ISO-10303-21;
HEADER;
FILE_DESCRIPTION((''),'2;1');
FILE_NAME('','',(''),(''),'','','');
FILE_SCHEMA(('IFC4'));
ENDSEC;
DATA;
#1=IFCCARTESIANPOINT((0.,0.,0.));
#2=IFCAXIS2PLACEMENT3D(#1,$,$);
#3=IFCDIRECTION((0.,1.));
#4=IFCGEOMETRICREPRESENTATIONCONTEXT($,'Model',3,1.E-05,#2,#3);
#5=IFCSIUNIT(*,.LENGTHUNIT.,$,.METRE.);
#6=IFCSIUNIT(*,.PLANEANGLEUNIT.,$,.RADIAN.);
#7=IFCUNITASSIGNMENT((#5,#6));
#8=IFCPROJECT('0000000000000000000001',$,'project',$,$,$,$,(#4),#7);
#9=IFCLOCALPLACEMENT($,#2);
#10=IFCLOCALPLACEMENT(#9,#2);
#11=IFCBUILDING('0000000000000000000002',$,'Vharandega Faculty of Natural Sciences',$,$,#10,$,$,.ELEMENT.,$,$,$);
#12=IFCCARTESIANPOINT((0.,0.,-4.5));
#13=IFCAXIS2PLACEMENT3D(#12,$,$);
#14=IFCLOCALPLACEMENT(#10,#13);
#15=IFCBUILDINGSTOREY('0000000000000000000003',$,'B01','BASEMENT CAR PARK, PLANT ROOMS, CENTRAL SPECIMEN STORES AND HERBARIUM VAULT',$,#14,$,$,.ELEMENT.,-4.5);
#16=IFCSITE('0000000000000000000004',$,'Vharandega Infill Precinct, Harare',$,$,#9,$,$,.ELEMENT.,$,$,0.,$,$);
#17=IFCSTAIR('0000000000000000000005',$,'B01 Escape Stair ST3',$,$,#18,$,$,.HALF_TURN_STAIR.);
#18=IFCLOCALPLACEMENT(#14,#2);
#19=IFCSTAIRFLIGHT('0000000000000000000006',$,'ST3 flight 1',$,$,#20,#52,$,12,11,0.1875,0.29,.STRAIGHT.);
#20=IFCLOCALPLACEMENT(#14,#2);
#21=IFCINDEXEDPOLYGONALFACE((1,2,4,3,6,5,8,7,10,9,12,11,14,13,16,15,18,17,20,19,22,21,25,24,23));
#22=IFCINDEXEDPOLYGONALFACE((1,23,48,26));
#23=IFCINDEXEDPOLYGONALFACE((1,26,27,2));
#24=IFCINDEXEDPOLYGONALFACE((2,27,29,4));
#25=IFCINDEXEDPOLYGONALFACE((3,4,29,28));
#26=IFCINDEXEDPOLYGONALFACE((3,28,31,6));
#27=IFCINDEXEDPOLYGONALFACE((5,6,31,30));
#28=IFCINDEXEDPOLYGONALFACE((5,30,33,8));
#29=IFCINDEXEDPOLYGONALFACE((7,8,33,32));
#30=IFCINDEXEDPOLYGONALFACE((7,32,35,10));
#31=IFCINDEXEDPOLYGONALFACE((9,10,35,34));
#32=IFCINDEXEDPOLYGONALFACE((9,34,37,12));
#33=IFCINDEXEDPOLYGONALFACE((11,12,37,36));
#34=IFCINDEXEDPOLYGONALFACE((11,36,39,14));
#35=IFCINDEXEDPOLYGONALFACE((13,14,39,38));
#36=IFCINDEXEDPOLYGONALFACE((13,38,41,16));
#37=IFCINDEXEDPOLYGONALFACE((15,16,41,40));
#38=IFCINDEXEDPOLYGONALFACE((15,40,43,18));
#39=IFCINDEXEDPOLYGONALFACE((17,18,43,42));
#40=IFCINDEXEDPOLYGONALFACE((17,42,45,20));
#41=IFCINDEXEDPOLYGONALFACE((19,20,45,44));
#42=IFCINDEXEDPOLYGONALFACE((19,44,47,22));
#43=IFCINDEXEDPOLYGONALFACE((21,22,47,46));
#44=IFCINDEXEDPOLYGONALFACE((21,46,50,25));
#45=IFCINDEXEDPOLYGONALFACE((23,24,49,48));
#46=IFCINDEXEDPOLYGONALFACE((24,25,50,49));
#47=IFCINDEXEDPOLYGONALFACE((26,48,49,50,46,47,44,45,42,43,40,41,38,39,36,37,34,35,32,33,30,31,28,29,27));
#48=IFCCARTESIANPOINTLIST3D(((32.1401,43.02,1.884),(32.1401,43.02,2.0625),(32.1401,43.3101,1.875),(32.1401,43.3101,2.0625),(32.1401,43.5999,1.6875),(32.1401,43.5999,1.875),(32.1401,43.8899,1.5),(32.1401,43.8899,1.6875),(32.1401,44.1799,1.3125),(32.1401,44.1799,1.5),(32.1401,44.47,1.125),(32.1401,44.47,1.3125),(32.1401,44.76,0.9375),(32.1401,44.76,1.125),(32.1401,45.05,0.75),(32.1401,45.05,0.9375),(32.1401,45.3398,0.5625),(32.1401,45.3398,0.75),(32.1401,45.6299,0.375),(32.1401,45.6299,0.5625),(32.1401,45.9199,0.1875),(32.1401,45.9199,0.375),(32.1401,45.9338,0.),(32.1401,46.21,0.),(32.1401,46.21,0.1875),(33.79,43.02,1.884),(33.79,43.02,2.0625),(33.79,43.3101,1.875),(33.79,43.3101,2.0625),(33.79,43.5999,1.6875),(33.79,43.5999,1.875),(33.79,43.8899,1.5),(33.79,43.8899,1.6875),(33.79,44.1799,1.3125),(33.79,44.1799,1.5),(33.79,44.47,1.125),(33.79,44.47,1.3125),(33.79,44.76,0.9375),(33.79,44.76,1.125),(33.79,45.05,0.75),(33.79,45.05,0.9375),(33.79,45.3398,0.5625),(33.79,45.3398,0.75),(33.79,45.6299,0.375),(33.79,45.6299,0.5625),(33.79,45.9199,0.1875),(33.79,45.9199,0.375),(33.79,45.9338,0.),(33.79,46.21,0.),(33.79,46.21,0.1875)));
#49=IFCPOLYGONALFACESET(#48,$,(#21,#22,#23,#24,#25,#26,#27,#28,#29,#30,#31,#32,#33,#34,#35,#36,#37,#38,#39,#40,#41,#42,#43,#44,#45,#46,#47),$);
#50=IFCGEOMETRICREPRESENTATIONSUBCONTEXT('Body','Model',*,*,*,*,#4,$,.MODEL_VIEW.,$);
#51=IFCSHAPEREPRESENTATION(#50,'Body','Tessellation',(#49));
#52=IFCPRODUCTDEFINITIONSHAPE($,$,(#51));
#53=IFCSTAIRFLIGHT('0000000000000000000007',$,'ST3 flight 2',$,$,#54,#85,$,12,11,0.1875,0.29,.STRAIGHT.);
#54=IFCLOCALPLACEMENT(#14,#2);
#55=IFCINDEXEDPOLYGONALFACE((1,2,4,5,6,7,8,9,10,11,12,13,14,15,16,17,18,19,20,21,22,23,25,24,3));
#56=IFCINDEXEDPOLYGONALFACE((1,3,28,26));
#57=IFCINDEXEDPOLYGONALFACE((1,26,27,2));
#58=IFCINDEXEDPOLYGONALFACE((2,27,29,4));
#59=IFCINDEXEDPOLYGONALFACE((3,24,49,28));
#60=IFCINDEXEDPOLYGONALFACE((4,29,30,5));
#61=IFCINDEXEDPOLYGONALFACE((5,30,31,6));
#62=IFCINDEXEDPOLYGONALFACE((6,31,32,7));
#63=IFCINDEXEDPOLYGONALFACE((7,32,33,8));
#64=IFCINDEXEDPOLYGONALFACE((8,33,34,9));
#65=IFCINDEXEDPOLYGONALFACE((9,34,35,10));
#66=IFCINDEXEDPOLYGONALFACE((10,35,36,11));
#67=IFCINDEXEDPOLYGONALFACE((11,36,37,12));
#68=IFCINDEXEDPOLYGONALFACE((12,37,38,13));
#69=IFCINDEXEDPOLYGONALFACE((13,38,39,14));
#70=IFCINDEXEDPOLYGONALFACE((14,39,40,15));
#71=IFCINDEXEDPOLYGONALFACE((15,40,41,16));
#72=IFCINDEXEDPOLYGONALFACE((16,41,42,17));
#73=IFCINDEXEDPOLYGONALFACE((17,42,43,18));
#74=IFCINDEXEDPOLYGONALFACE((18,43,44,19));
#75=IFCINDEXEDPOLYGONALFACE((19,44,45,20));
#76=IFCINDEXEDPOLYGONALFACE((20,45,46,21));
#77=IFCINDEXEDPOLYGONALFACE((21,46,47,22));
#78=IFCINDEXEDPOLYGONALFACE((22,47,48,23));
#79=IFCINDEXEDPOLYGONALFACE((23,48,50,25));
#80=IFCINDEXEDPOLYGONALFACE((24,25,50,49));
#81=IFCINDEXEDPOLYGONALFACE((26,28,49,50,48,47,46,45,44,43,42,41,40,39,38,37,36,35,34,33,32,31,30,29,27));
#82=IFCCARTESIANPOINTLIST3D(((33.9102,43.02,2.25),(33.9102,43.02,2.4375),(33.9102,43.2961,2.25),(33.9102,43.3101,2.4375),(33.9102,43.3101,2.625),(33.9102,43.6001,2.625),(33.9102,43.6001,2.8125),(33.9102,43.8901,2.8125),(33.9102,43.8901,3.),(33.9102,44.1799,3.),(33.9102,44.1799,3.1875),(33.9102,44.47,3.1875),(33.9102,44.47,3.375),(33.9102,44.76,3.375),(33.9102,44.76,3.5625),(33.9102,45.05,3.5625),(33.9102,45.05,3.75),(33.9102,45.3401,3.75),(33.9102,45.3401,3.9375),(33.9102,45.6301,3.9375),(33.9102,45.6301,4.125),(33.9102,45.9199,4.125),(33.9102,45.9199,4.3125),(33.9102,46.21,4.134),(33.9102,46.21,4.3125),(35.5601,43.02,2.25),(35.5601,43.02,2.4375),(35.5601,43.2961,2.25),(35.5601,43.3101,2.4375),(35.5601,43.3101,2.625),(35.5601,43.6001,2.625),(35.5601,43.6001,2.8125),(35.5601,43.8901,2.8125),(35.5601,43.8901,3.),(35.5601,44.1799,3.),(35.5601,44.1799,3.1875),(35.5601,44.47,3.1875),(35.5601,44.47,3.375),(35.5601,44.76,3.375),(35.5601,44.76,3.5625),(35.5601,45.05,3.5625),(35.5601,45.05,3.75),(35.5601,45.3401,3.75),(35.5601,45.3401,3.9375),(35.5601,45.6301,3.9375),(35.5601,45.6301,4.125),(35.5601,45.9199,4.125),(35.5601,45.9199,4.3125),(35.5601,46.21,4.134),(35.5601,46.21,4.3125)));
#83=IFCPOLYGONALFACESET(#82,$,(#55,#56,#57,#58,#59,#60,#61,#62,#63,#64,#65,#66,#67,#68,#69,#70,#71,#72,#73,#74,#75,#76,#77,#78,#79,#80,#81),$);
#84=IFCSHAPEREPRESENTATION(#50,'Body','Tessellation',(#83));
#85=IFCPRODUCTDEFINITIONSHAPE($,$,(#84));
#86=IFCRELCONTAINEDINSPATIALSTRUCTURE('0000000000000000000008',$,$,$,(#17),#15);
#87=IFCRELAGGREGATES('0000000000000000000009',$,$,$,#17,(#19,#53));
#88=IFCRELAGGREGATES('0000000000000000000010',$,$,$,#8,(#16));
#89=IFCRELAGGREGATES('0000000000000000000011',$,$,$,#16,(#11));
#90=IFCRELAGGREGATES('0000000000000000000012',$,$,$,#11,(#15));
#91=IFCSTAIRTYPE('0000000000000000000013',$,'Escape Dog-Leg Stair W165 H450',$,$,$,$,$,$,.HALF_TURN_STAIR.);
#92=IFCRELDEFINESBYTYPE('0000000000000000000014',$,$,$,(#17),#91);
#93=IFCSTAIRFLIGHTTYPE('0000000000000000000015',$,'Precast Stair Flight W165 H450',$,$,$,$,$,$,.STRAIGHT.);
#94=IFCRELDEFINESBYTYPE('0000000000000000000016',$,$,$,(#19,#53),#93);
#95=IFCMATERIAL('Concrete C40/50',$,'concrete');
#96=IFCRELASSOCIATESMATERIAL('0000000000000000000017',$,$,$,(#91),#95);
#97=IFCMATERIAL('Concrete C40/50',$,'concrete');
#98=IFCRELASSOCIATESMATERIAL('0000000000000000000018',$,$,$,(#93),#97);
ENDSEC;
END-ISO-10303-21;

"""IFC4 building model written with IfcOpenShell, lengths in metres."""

from ifc_helpers import new_model, si_unit, direction, frame, origin, place, context, subcontext, project, spatial, polyline, outline, extrude, material, type_object, element, aggregate, save


model = new_model("IFC4")

# Units and contexts
model_context = context("Model", 3, precision=1e-05, world=origin(), true_north=direction((0.0, 1.0)))
body_context = subcontext(model_context, "Body", "Model", "MODEL_VIEW")
ifc_project = project(units=[si_unit("LENGTHUNIT", "METRE"), si_unit("PLANEANGLEUNIT", "RADIAN")], contexts=[model_context])

# Site, building, storey
site_placement = place(None, origin())
site = spatial("IfcSite", under=ifc_project, at=site_placement, Name="Vharandega Infill Precinct, Harare", CompositionType="ELEMENT", RefElevation=0.0)
building_placement = place(site_placement, origin())
building = spatial("IfcBuilding", under=site, at=building_placement, Name="Vharandega Faculty of Natural Sciences", CompositionType="ELEMENT")
storey_placement = place(building_placement, frame((0.0, 0.0, -4.5)))
storey = spatial("IfcBuildingStorey", under=building, at=storey_placement, Name="B01", Description="BASEMENT CAR PARK, PLANT ROOMS, CENTRAL SPECIMEN STORES AND HERBARIUM VAULT", CompositionType="ELEMENT", Elevation=-4.5)

# Stair, stair flights
ifc_material_1 = material(Name="Concrete C40/50", Category="concrete")
stair_type = type_object("IfcStairType", Name="Escape Dog-Leg Stair W165 H450", PredefinedType="HALF_TURN_STAIR", material=ifc_material_1)
stair_placement = place(storey_placement, origin())
stair = element("IfcStair", 1, at=stair_placement, inside=storey, type_object=stair_type, Name="B01 Escape Stair ST3", PredefinedType="HALF_TURN_STAIR")
ifc_material_2 = material(Name="Concrete C40/50", Category="concrete")
stair_flight_type = type_object("IfcStairFlightType", Name="Precast Stair Flight W165 H450", PredefinedType="STRAIGHT", material=ifc_material_2)
stair_flight_1_placement = place(storey_placement, frame((32.9651, 46.21, 0.0), z_axis=(0.0, 0.0, 1.0), x_axis=(0.0, -1.0, 0.0)))
stair_flight_1 = element("IfcStairFlight", 2, at=stair_flight_1_placement, type_object=stair_flight_type, Name="ST3 flight 1", NumberOfRisers=12, NumberOfTreads=11, PredefinedType="STRAIGHT", RiserHeight=0.1875, TreadLength=0.29, context=body_context, shape_type="SweptSolid", body=[
    extrude(outline(polyline([(0.0, 0.0), (0.0, 0.1875), (0.29, 0.1875), (0.29, 0.375), (0.5801, 0.375), (0.5801, 0.5625), (0.8701, 0.5625), (0.8701, 0.75), (1.1599, 0.75), (1.1599, 0.9375), (1.45, 0.9375), (1.45, 1.125), (1.74, 1.125), (1.74, 1.3125), (2.03, 1.3125), (2.03, 1.5), (2.3201, 1.5), (2.3201, 1.6875), (2.6101, 1.6875), (2.6101, 1.875), (2.8999, 1.875), (2.8999, 2.0625), (3.1899, 2.0625), (3.1899, 2.25), (3.1899, 1.884), (0.2761, 0.0), (0.0, 0.0)])), frame((0.0, 0.825, 0.0), z_axis=(0.0, -1.0, 0.0), x_axis=(1.0, 0.0, 0.0)), (0.0, 0.0, 1.0), 1.6499),
])
stair_flight_2_placement = place(storey_placement, frame((34.7351, 43.02, 2.25), z_axis=(0.0, 0.0, 1.0), x_axis=(0.0, 1.0, 0.0)))
stair_flight_2 = element("IfcStairFlight", 3, at=stair_flight_2_placement, type_object=stair_flight_type, Name="ST3 flight 2", NumberOfRisers=12, NumberOfTreads=11, PredefinedType="STRAIGHT", RiserHeight=0.1875, TreadLength=0.29, context=body_context, shape_type="SweptSolid", body=[
    extrude(outline(polyline([(0.0, 0.0), (0.0, 0.1875), (0.29, 0.1875), (0.29, 0.375), (0.5801, 0.375), (0.5801, 0.5625), (0.8701, 0.5625), (0.8701, 0.75), (1.1599, 0.75), (1.1599, 0.9375), (1.45, 0.9375), (1.45, 1.125), (1.74, 1.125), (1.74, 1.3125), (2.03, 1.3125), (2.03, 1.5), (2.3201, 1.5), (2.3201, 1.6875), (2.6101, 1.6875), (2.6101, 1.875), (2.8999, 1.875), (2.8999, 2.0625), (3.1899, 2.0625), (3.1899, 2.25), (3.1899, 1.884), (0.2761, 0.0), (0.0, 0.0)])), frame((0.0, 0.825, 0.0), z_axis=(0.0, -1.0, 0.0), x_axis=(1.0, 0.0, 0.0)), (0.0, 0.0, 1.0), 1.6499),
])
aggregate(stair, [stair_flight_1, stair_flight_2])

save(model, "model.ifc")
